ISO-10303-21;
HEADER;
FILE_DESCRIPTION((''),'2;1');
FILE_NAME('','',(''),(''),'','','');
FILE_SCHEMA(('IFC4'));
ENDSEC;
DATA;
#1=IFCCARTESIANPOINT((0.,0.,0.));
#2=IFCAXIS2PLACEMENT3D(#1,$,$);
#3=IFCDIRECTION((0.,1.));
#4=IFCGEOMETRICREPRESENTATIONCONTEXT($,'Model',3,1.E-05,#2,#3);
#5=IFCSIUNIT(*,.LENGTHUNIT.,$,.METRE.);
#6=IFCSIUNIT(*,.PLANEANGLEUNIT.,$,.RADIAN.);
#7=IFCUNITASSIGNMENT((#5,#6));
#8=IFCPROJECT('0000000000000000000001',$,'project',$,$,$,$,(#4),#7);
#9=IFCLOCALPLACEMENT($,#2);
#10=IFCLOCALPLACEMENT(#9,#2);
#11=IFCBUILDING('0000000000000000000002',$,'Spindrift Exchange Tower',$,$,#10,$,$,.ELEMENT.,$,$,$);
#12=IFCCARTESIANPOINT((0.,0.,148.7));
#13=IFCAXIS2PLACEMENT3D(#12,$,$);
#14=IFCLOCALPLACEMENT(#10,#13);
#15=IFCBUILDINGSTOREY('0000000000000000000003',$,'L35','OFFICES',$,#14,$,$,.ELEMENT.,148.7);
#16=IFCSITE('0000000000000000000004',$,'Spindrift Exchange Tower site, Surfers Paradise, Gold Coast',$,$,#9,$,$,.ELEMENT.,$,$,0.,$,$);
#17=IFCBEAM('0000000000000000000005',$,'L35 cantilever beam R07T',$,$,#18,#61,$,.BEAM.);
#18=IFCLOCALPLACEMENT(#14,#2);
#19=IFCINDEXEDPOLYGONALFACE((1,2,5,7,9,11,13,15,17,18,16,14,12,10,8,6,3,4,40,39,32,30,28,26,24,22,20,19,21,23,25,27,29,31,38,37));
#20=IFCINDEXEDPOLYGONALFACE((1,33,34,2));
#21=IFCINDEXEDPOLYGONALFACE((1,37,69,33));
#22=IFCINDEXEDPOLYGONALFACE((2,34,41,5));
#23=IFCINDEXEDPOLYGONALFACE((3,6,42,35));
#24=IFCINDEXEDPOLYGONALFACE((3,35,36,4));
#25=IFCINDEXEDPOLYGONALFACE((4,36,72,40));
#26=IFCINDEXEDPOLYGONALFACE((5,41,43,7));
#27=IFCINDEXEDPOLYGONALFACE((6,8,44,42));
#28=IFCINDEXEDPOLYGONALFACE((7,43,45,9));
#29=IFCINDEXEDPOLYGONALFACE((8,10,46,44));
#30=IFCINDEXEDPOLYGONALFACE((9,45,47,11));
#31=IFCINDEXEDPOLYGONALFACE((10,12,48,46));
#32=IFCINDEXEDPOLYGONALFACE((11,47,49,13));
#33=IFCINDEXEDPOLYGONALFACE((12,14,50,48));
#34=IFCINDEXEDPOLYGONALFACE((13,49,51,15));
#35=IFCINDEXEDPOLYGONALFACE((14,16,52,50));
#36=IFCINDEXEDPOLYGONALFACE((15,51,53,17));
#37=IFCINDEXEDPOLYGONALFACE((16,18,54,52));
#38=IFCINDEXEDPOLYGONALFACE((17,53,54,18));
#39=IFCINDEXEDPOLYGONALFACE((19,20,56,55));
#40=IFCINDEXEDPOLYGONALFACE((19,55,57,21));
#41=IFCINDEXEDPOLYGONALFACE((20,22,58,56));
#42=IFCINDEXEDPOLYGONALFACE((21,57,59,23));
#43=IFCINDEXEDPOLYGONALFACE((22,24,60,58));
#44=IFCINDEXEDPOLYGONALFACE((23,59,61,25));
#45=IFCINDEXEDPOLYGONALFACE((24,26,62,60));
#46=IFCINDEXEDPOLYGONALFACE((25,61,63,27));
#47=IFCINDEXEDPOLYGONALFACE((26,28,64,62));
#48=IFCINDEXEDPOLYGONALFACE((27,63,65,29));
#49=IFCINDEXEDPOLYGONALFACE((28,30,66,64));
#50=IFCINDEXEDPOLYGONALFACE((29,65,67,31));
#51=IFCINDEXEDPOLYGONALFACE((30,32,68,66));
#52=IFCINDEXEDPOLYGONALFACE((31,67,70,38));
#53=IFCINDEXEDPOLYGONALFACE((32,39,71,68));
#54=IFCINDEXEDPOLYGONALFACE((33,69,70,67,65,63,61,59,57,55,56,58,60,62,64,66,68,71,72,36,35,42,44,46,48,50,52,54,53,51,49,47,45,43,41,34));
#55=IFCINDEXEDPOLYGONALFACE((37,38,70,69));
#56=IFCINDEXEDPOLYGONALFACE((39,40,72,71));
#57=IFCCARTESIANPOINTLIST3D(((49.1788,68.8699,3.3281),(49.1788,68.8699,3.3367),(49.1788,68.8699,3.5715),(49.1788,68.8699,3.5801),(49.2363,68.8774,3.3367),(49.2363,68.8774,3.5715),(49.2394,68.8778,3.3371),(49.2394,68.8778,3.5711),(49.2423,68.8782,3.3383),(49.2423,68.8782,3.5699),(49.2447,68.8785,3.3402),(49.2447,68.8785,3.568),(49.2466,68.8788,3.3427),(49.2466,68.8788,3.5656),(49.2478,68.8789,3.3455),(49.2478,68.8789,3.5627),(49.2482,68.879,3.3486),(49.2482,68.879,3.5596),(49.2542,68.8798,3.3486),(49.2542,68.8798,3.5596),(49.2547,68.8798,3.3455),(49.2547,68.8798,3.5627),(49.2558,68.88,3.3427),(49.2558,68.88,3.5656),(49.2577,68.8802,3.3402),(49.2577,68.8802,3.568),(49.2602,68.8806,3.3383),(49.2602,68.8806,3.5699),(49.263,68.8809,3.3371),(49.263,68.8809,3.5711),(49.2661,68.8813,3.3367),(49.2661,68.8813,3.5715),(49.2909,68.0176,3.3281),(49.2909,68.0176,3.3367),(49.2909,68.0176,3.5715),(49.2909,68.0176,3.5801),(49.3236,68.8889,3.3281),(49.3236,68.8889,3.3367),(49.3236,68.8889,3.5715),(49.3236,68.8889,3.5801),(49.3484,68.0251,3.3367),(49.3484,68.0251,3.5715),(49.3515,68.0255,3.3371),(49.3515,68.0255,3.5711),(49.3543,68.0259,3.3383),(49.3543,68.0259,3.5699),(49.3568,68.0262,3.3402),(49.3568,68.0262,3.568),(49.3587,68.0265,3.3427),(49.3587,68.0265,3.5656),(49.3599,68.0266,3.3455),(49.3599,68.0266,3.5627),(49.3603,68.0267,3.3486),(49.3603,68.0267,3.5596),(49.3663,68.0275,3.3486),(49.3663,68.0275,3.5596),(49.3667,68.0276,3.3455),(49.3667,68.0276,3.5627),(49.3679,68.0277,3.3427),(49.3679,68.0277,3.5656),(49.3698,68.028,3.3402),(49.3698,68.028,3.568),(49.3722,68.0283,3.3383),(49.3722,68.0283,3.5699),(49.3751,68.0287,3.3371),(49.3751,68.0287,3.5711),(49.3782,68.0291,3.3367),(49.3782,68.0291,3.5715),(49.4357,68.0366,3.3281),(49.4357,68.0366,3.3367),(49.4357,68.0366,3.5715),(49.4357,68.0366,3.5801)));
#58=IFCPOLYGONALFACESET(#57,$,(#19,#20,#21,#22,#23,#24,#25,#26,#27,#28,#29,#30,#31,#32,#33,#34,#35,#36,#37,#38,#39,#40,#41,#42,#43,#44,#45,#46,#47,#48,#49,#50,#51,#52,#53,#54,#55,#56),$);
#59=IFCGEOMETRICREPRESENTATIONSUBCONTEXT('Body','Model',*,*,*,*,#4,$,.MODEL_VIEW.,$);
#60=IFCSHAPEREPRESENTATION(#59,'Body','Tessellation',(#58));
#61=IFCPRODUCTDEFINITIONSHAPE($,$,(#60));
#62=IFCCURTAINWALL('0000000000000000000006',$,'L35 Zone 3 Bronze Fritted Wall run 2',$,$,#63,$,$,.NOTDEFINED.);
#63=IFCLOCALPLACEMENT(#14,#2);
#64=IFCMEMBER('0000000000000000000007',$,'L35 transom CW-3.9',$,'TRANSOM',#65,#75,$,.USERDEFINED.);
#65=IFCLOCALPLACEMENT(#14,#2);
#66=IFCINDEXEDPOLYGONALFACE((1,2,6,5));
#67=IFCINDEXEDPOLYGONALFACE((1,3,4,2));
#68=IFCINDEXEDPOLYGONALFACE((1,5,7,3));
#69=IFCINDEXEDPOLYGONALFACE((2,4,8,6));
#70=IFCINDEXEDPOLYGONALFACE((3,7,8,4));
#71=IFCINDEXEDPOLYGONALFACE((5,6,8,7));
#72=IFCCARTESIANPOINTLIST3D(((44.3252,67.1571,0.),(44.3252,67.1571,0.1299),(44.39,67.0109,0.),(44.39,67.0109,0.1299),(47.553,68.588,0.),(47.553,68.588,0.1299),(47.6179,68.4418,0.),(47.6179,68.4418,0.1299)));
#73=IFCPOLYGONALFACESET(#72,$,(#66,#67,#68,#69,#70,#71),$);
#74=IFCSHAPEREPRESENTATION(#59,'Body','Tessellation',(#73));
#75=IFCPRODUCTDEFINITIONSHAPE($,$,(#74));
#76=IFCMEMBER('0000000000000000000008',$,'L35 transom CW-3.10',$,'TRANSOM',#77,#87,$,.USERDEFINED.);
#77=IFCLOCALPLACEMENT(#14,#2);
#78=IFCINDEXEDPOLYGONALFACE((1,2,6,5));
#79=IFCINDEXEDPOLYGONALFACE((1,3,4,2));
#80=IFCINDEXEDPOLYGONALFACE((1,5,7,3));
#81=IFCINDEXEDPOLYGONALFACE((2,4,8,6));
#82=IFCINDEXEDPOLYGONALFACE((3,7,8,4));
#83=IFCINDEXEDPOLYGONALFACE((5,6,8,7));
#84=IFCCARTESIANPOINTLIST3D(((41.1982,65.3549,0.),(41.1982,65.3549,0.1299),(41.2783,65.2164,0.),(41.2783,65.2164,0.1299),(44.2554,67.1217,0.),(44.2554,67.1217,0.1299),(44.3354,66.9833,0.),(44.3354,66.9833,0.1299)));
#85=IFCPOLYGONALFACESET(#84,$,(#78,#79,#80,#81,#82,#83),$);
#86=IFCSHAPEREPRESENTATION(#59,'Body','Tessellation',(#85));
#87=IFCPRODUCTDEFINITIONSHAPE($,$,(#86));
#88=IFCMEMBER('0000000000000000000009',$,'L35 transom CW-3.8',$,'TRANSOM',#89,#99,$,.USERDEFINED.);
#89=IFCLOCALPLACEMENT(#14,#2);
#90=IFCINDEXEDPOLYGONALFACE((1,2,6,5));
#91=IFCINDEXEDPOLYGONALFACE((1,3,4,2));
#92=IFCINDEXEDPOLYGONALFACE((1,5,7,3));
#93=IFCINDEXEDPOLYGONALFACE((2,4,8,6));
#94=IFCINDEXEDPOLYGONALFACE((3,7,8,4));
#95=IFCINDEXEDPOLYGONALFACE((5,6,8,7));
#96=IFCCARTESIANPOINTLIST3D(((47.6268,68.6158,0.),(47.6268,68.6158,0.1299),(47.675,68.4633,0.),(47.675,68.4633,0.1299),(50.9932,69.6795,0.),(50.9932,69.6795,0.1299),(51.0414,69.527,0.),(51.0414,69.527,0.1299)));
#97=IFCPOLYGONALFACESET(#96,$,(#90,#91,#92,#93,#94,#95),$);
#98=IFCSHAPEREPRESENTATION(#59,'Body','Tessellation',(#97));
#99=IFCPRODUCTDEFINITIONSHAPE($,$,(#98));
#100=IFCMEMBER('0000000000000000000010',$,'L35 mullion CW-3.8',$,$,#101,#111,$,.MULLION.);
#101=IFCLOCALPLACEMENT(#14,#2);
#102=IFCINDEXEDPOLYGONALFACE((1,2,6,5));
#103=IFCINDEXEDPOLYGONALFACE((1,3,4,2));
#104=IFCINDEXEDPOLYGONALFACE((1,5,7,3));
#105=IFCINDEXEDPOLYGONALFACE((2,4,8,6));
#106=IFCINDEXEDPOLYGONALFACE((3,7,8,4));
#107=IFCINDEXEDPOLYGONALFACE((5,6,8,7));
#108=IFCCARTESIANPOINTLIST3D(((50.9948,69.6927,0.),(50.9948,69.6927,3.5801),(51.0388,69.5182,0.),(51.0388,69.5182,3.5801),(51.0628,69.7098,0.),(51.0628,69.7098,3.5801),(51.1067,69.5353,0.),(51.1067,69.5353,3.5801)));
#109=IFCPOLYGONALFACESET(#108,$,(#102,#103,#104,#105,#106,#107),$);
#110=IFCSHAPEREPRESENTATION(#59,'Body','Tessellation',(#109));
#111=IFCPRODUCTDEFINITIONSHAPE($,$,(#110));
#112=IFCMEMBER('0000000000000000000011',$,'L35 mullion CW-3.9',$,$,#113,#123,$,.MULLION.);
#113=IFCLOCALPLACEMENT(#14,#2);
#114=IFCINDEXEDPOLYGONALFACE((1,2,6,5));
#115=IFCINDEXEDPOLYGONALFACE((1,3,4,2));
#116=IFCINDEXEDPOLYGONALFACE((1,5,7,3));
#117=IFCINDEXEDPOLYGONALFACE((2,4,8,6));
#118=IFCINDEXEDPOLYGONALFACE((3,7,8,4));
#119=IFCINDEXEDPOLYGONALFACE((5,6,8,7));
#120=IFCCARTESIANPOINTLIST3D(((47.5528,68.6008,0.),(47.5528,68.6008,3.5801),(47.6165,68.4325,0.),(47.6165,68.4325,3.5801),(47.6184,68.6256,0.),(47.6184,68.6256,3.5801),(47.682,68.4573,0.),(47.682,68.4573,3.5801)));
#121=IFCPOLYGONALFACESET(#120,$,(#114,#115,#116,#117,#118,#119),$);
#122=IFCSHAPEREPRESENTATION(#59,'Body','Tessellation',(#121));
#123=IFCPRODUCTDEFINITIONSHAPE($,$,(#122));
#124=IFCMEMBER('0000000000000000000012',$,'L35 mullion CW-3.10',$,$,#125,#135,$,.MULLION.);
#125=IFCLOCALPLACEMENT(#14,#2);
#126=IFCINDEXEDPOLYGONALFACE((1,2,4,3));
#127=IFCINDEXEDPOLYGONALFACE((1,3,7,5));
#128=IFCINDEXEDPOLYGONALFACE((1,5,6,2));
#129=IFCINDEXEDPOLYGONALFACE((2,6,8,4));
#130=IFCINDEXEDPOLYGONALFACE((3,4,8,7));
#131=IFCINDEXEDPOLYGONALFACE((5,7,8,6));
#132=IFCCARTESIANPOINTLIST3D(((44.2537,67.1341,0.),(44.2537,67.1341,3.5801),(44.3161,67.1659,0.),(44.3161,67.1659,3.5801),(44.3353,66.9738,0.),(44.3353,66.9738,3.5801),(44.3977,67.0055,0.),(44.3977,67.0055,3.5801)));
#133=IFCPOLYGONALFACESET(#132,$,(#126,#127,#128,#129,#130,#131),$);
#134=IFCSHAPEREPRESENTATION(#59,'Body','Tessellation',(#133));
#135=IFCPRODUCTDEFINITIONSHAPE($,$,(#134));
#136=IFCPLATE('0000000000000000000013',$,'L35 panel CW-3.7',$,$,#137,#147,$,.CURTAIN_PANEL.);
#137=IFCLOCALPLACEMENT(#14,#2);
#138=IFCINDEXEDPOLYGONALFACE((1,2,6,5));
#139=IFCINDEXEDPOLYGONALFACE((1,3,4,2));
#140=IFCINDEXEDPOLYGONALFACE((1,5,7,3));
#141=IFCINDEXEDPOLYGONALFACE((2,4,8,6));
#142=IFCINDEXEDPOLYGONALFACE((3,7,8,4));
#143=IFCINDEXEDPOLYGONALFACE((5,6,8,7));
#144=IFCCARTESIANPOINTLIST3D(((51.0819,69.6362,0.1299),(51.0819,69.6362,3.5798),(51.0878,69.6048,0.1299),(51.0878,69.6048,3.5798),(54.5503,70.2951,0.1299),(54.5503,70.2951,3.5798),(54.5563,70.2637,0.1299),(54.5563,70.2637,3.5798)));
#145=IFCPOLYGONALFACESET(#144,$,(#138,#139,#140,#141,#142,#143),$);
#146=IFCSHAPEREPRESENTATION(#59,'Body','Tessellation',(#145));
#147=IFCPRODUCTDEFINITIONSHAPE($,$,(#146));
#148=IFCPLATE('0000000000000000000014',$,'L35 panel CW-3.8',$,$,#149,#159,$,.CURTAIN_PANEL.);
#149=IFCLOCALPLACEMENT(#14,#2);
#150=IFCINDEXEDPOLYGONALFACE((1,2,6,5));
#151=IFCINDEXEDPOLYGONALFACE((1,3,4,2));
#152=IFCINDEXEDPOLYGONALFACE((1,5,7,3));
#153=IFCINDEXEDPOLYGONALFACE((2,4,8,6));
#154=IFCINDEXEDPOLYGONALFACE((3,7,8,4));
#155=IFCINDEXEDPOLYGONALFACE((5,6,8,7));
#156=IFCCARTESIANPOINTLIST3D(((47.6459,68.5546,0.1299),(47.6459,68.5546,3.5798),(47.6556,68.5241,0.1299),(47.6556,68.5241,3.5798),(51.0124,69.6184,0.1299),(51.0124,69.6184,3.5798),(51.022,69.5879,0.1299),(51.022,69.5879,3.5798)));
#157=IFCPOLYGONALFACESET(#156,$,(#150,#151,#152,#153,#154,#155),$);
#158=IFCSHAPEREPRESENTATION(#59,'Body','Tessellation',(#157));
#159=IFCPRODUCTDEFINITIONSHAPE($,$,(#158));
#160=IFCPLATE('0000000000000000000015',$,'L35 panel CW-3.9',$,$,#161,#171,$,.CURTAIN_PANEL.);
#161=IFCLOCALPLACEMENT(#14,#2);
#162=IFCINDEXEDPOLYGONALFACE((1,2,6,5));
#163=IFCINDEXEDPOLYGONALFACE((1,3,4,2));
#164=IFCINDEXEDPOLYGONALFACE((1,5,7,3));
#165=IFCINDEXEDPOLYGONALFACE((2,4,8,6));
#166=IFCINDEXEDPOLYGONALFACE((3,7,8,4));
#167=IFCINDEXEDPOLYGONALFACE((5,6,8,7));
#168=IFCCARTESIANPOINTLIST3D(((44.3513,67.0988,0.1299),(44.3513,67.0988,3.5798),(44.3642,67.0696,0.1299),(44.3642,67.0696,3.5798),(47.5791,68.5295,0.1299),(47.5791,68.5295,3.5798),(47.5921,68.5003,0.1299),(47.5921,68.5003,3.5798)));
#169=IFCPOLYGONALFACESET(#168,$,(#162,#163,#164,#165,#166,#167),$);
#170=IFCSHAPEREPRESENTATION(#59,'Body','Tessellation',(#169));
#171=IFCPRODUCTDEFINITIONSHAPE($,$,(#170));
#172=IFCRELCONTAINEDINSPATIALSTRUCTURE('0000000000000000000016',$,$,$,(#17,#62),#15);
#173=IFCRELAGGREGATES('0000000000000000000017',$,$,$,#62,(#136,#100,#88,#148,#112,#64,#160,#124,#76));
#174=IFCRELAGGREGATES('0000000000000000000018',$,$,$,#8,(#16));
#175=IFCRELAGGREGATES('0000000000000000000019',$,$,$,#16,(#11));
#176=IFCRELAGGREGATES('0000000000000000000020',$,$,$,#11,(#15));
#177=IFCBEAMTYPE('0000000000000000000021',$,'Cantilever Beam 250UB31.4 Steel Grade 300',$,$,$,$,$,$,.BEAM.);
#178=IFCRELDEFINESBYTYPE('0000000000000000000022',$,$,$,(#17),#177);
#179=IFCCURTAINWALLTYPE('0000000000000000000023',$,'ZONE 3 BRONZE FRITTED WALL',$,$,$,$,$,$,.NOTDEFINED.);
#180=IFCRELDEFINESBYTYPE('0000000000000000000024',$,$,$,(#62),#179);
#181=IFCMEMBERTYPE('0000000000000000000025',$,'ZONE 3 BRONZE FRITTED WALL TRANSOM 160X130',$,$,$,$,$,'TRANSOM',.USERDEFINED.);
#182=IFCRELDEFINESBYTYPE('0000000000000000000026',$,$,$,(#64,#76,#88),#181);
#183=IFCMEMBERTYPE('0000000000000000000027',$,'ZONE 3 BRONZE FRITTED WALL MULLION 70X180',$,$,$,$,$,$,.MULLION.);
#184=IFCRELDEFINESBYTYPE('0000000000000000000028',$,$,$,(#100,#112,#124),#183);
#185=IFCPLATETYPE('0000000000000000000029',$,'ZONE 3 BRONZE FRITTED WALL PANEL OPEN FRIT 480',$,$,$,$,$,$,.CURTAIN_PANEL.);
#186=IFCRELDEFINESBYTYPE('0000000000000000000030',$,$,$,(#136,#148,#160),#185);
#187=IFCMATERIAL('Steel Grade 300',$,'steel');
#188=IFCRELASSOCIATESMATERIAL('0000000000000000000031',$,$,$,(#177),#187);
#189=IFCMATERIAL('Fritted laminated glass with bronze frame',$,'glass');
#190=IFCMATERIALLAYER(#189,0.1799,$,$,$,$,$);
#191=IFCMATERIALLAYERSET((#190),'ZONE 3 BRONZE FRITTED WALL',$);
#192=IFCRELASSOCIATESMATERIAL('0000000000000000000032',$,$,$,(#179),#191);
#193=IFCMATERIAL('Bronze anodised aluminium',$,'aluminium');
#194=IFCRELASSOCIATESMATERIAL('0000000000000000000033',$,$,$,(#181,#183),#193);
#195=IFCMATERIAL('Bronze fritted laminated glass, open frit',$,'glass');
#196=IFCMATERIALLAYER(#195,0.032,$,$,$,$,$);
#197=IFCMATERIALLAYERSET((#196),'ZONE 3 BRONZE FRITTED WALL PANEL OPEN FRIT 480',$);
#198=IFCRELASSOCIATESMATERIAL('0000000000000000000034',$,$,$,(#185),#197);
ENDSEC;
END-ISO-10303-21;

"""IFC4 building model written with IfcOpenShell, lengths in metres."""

from ifc_helpers import new_model, si_unit, direction, frame, origin, origin_2d, place, context, subcontext, project, spatial, rectangle, i_section, extrude, source, transform, mapped, material, layer, layer_set, material_profile, profile_set, type_object, element, aggregate, save


model = new_model("IFC4")

# Units and contexts
model_context = context("Model", 3, precision=1e-05, world=origin(), true_north=direction((0.0, 1.0)))
body_context = subcontext(model_context, "Body", "Model", "MODEL_VIEW")
ifc_project = project(units=[si_unit("LENGTHUNIT", "METRE"), si_unit("PLANEANGLEUNIT", "RADIAN")], contexts=[model_context])

# Site, building, storey
site_placement = place(None, origin())
site = spatial("IfcSite", under=ifc_project, at=site_placement, Name="Spindrift Exchange Tower site, Surfers Paradise, Gold Coast", CompositionType="ELEMENT", RefElevation=0.0)
building_placement = place(site_placement, origin())
building = spatial("IfcBuilding", under=site, at=building_placement, Name="Spindrift Exchange Tower", CompositionType="ELEMENT")
storey_placement = place(building_placement, frame((0.0, 0.0, 148.7)))
storey = spatial("IfcBuildingStorey", under=building, at=storey_placement, Name="L35", Description="OFFICES", CompositionType="ELEMENT", Elevation=148.7)

# Beam
ifc_material_1 = material(Name="Steel Grade 300", Category="steel")
ifc_material_profile_1 = material_profile(ifc_material_1, i_section(OverallWidth=0.146, OverallDepth=0.252, WebThickness=0.0061, FlangeThickness=0.0085, FilletRadius=0.012, at=origin_2d()), Name="250UB31.4")
ifc_profile_set_1 = profile_set([ifc_material_profile_1], Name="Steel Grade 300")
beam_type_1 = type_object("IfcBeamType", Name="Cantilever Beam 250UB31.4 Steel Grade 300", PredefinedType="BEAM", material=ifc_profile_set_1)
shared_shape_1 = source(origin(), body_context, "Body", "SweptSolid", [
    extrude(i_section(OverallWidth=0.146, OverallDepth=0.252, WebThickness=0.0061, FlangeThickness=0.0085, FilletRadius=0.012, at=origin_2d()), origin(), (0.0, 0.0, 1.0), 0.8596),
])
beam_1_placement = place(storey_placement, frame((49.3633, 68.0271, 3.4541), z_axis=(-0.130359, 0.991467, 0.0), x_axis=(-0.991467, -0.130359, 0.0)))
element("IfcBeam", 1, at=beam_1_placement, inside=storey, type_object=beam_type_1, Name="L35 cantilever beam R07T", PredefinedType="BEAM", context=body_context, shape_type="MappedRepresentation", body=[
    mapped(shared_shape_1, transform((0.0, 0.0, 0.0), scale=1.0)),
])

# Curtain wall, members, plates
ifc_material_2 = material(Name="Fritted laminated glass with bronze frame", Category="glass")
ifc_layer_1 = layer(ifc_material_2, 0.1799)
ifc_layer_set_1 = layer_set([ifc_layer_1], Name="ZONE 3 BRONZE FRITTED WALL")
curtain_wall_type = type_object("IfcCurtainWallType", Name="ZONE 3 BRONZE FRITTED WALL", PredefinedType="NOTDEFINED", material=ifc_layer_set_1)
curtain_wall_placement = place(storey_placement, origin())
curtain_wall = element("IfcCurtainWall", 2, at=curtain_wall_placement, inside=storey, type_object=curtain_wall_type, Name="L35 Zone 3 Bronze Fritted Wall run 2", PredefinedType="NOTDEFINED")
ifc_material_3 = material(Name="Bronze anodised aluminium", Category="aluminium")
ifc_material_profile_2 = material_profile(ifc_material_3, rectangle(XDim=0.1599, YDim=0.1299, at=origin_2d()), Name="ZONE 3 BRONZE FRITTED WALL TRANSOM 160X130")
ifc_profile_set_2 = profile_set([ifc_material_profile_2], Name="Bronze anodised aluminium")
member_type_1 = type_object("IfcMemberType", Name="ZONE 3 BRONZE FRITTED WALL TRANSOM 160X130", ElementType="TRANSOM", PredefinedType="USERDEFINED", material=ifc_profile_set_2)
shared_shape_2 = source(origin(), body_context, "Body", "SweptSolid", [
    extrude(rectangle(XDim=0.1599, YDim=0.1299, at=origin_2d()), origin(), (0.0, 0.0, 1.0), 3.5308),
])
member_1_placement = place(storey_placement, frame((47.5854, 68.5149, 0.0649), z_axis=(-0.914196, -0.405272, 0.0), x_axis=(0.405272, -0.914196, 0.0)))
member_1 = element("IfcMember", 3, at=member_1_placement, type_object=member_type_1, Name="L35 transom CW-3.9", ObjectType="TRANSOM", PredefinedType="USERDEFINED", context=body_context, shape_type="MappedRepresentation", body=[
    mapped(shared_shape_2, transform((0.0, 0.0, 0.0), scale=1.0)),
])
shared_shape_3 = source(origin(), body_context, "Body", "SweptSolid", [
    extrude(rectangle(XDim=0.1599, YDim=0.1299, at=origin_2d()), origin(), (0.0, 0.0, 1.0), 3.531),
])
member_2_placement = place(storey_placement, frame((44.2954, 67.0525, 0.0649), z_axis=(-0.865803, -0.500385, 0.0), x_axis=(0.500385, -0.865803, 0.0)))
member_2 = element("IfcMember", 4, at=member_2_placement, type_object=member_type_1, Name="L35 transom CW-3.10", ObjectType="TRANSOM", PredefinedType="USERDEFINED", context=body_context, shape_type="MappedRepresentation", body=[
    mapped(shared_shape_3, transform((0.0, 0.0, 0.0), scale=1.0)),
])
shared_shape_4 = source(origin(), body_context, "Body", "SweptSolid", [
    extrude(rectangle(XDim=0.1599, YDim=0.1299, at=origin_2d()), origin(), (0.0, 0.0, 1.0), 3.5305),
])
member_3_placement = place(storey_placement, frame((51.0173, 69.6033, 0.0649), z_axis=(-0.953531, -0.301294, 0.0), x_axis=(0.301294, -0.953531, 0.0)))
member_3 = element("IfcMember", 5, at=member_3_placement, type_object=member_type_1, Name="L35 transom CW-3.8", ObjectType="TRANSOM", PredefinedType="USERDEFINED", context=body_context, shape_type="MappedRepresentation", body=[
    mapped(shared_shape_4, transform((0.0, 0.0, 0.0), scale=1.0)),
])
ifc_material_profile_3 = material_profile(ifc_material_3, rectangle(XDim=0.0701, YDim=0.1799, at=origin_2d()), Name="ZONE 3 BRONZE FRITTED WALL MULLION 70X180")
ifc_profile_set_3 = profile_set([ifc_material_profile_3], Name="Bronze anodised aluminium")
member_type_2 = type_object("IfcMemberType", Name="ZONE 3 BRONZE FRITTED WALL MULLION 70X180", PredefinedType="MULLION", material=ifc_profile_set_3)
shared_shape_5 = source(origin(), body_context, "Body", "SweptSolid", [
    extrude(rectangle(XDim=0.0701, YDim=0.1799, at=origin_2d()), origin(), (0.0, 0.0, 1.0), 3.5801),
])
member_4_placement = place(storey_placement, frame((51.0508, 69.614, 0.0), z_axis=(0.0, 0.0, 1.0), x_axis=(-0.969672, -0.244409, 0.0)))
member_4 = element("IfcMember", 6, at=member_4_placement, type_object=member_type_2, Name="L35 mullion CW-3.8", PredefinedType="MULLION", context=body_context, shape_type="MappedRepresentation", body=[
    mapped(shared_shape_5, transform((0.0, 0.0, 0.0), scale=1.0)),
])
member_5_placement = place(storey_placement, frame((47.6174, 68.5291, 0.0), z_axis=(0.0, 0.0, 1.0), x_axis=(-0.935316, -0.353813, 0.0)))
member_5 = element("IfcMember", 7, at=member_5_placement, type_object=member_type_2, Name="L35 mullion CW-3.9", PredefinedType="MULLION", context=body_context, shape_type="MappedRepresentation", body=[
    mapped(shared_shape_5, transform((0.0, 0.0, 0.0), scale=1.0)),
])
member_6_placement = place(storey_placement, frame((44.3257, 67.0698, 0.0), z_axis=(0.0, 0.0, 1.0), x_axis=(-0.891285, -0.453443, 0.0)))
member_6 = element("IfcMember", 8, at=member_6_placement, type_object=member_type_2, Name="L35 mullion CW-3.10", PredefinedType="MULLION", context=body_context, shape_type="MappedRepresentation", body=[
    mapped(shared_shape_5, transform((0.0, 0.0, 0.0), scale=1.0)),
])
ifc_material_4 = material(Name="Bronze fritted laminated glass, open frit", Category="glass")
ifc_layer_2 = layer(ifc_material_4, 0.032)
ifc_layer_set_2 = layer_set([ifc_layer_2], Name="ZONE 3 BRONZE FRITTED WALL PANEL OPEN FRIT 480")
plate_type = type_object("IfcPlateType", Name="ZONE 3 BRONZE FRITTED WALL PANEL OPEN FRIT 480", PredefinedType="CURTAIN_PANEL", material=ifc_layer_set_2)
shared_shape_6 = source(origin(), body_context, "Body", "SweptSolid", [
    extrude(rectangle(XDim=3.5305, YDim=0.032, at=origin_2d()), origin(), (0.0, 0.0, 1.0), 3.45),
])
plate_1_placement = place(storey_placement, frame((52.8191, 69.95, 0.1299), z_axis=(0.0, 0.0, 1.0), x_axis=(-0.982427, -0.186647, 0.0)))
plate_1 = element("IfcPlate", 9, at=plate_1_placement, type_object=plate_type, Name="L35 panel CW-3.7", PredefinedType="CURTAIN_PANEL", context=body_context, shape_type="MappedRepresentation", body=[
    mapped(shared_shape_6, transform((0.0, 0.0, 0.0), scale=1.0)),
])
plate_2_placement = place(storey_placement, frame((49.334, 69.0713, 0.1299), z_axis=(0.0, 0.0, 1.0), x_axis=(-0.953524, -0.301317, 0.0)))
plate_2 = element("IfcPlate", 10, at=plate_2_placement, type_object=plate_type, Name="L35 panel CW-3.8", PredefinedType="CURTAIN_PANEL", context=body_context, shape_type="MappedRepresentation", body=[
    mapped(shared_shape_6, transform((0.0, 0.0, 0.0), scale=1.0)),
])
shared_shape_7 = source(origin(), body_context, "Body", "SweptSolid", [
    extrude(rectangle(XDim=3.5308, YDim=0.032, at=origin_2d()), origin(), (0.0, 0.0, 1.0), 3.45),
])
plate_3_placement = place(storey_placement, frame((45.9717, 67.7996, 0.1299), z_axis=(0.0, 0.0, 1.0), x_axis=(-0.91422, -0.405218, 0.0)))
plate_3 = element("IfcPlate", 11, at=plate_3_placement, type_object=plate_type, Name="L35 panel CW-3.9", PredefinedType="CURTAIN_PANEL", context=body_context, shape_type="MappedRepresentation", body=[
    mapped(shared_shape_7, transform((0.0, 0.0, 0.0), scale=1.0)),
])
aggregate(curtain_wall, [plate_1, member_4, member_3, plate_2, member_5, member_1, plate_3, member_6, member_2])

save(model, "model.ifc")
